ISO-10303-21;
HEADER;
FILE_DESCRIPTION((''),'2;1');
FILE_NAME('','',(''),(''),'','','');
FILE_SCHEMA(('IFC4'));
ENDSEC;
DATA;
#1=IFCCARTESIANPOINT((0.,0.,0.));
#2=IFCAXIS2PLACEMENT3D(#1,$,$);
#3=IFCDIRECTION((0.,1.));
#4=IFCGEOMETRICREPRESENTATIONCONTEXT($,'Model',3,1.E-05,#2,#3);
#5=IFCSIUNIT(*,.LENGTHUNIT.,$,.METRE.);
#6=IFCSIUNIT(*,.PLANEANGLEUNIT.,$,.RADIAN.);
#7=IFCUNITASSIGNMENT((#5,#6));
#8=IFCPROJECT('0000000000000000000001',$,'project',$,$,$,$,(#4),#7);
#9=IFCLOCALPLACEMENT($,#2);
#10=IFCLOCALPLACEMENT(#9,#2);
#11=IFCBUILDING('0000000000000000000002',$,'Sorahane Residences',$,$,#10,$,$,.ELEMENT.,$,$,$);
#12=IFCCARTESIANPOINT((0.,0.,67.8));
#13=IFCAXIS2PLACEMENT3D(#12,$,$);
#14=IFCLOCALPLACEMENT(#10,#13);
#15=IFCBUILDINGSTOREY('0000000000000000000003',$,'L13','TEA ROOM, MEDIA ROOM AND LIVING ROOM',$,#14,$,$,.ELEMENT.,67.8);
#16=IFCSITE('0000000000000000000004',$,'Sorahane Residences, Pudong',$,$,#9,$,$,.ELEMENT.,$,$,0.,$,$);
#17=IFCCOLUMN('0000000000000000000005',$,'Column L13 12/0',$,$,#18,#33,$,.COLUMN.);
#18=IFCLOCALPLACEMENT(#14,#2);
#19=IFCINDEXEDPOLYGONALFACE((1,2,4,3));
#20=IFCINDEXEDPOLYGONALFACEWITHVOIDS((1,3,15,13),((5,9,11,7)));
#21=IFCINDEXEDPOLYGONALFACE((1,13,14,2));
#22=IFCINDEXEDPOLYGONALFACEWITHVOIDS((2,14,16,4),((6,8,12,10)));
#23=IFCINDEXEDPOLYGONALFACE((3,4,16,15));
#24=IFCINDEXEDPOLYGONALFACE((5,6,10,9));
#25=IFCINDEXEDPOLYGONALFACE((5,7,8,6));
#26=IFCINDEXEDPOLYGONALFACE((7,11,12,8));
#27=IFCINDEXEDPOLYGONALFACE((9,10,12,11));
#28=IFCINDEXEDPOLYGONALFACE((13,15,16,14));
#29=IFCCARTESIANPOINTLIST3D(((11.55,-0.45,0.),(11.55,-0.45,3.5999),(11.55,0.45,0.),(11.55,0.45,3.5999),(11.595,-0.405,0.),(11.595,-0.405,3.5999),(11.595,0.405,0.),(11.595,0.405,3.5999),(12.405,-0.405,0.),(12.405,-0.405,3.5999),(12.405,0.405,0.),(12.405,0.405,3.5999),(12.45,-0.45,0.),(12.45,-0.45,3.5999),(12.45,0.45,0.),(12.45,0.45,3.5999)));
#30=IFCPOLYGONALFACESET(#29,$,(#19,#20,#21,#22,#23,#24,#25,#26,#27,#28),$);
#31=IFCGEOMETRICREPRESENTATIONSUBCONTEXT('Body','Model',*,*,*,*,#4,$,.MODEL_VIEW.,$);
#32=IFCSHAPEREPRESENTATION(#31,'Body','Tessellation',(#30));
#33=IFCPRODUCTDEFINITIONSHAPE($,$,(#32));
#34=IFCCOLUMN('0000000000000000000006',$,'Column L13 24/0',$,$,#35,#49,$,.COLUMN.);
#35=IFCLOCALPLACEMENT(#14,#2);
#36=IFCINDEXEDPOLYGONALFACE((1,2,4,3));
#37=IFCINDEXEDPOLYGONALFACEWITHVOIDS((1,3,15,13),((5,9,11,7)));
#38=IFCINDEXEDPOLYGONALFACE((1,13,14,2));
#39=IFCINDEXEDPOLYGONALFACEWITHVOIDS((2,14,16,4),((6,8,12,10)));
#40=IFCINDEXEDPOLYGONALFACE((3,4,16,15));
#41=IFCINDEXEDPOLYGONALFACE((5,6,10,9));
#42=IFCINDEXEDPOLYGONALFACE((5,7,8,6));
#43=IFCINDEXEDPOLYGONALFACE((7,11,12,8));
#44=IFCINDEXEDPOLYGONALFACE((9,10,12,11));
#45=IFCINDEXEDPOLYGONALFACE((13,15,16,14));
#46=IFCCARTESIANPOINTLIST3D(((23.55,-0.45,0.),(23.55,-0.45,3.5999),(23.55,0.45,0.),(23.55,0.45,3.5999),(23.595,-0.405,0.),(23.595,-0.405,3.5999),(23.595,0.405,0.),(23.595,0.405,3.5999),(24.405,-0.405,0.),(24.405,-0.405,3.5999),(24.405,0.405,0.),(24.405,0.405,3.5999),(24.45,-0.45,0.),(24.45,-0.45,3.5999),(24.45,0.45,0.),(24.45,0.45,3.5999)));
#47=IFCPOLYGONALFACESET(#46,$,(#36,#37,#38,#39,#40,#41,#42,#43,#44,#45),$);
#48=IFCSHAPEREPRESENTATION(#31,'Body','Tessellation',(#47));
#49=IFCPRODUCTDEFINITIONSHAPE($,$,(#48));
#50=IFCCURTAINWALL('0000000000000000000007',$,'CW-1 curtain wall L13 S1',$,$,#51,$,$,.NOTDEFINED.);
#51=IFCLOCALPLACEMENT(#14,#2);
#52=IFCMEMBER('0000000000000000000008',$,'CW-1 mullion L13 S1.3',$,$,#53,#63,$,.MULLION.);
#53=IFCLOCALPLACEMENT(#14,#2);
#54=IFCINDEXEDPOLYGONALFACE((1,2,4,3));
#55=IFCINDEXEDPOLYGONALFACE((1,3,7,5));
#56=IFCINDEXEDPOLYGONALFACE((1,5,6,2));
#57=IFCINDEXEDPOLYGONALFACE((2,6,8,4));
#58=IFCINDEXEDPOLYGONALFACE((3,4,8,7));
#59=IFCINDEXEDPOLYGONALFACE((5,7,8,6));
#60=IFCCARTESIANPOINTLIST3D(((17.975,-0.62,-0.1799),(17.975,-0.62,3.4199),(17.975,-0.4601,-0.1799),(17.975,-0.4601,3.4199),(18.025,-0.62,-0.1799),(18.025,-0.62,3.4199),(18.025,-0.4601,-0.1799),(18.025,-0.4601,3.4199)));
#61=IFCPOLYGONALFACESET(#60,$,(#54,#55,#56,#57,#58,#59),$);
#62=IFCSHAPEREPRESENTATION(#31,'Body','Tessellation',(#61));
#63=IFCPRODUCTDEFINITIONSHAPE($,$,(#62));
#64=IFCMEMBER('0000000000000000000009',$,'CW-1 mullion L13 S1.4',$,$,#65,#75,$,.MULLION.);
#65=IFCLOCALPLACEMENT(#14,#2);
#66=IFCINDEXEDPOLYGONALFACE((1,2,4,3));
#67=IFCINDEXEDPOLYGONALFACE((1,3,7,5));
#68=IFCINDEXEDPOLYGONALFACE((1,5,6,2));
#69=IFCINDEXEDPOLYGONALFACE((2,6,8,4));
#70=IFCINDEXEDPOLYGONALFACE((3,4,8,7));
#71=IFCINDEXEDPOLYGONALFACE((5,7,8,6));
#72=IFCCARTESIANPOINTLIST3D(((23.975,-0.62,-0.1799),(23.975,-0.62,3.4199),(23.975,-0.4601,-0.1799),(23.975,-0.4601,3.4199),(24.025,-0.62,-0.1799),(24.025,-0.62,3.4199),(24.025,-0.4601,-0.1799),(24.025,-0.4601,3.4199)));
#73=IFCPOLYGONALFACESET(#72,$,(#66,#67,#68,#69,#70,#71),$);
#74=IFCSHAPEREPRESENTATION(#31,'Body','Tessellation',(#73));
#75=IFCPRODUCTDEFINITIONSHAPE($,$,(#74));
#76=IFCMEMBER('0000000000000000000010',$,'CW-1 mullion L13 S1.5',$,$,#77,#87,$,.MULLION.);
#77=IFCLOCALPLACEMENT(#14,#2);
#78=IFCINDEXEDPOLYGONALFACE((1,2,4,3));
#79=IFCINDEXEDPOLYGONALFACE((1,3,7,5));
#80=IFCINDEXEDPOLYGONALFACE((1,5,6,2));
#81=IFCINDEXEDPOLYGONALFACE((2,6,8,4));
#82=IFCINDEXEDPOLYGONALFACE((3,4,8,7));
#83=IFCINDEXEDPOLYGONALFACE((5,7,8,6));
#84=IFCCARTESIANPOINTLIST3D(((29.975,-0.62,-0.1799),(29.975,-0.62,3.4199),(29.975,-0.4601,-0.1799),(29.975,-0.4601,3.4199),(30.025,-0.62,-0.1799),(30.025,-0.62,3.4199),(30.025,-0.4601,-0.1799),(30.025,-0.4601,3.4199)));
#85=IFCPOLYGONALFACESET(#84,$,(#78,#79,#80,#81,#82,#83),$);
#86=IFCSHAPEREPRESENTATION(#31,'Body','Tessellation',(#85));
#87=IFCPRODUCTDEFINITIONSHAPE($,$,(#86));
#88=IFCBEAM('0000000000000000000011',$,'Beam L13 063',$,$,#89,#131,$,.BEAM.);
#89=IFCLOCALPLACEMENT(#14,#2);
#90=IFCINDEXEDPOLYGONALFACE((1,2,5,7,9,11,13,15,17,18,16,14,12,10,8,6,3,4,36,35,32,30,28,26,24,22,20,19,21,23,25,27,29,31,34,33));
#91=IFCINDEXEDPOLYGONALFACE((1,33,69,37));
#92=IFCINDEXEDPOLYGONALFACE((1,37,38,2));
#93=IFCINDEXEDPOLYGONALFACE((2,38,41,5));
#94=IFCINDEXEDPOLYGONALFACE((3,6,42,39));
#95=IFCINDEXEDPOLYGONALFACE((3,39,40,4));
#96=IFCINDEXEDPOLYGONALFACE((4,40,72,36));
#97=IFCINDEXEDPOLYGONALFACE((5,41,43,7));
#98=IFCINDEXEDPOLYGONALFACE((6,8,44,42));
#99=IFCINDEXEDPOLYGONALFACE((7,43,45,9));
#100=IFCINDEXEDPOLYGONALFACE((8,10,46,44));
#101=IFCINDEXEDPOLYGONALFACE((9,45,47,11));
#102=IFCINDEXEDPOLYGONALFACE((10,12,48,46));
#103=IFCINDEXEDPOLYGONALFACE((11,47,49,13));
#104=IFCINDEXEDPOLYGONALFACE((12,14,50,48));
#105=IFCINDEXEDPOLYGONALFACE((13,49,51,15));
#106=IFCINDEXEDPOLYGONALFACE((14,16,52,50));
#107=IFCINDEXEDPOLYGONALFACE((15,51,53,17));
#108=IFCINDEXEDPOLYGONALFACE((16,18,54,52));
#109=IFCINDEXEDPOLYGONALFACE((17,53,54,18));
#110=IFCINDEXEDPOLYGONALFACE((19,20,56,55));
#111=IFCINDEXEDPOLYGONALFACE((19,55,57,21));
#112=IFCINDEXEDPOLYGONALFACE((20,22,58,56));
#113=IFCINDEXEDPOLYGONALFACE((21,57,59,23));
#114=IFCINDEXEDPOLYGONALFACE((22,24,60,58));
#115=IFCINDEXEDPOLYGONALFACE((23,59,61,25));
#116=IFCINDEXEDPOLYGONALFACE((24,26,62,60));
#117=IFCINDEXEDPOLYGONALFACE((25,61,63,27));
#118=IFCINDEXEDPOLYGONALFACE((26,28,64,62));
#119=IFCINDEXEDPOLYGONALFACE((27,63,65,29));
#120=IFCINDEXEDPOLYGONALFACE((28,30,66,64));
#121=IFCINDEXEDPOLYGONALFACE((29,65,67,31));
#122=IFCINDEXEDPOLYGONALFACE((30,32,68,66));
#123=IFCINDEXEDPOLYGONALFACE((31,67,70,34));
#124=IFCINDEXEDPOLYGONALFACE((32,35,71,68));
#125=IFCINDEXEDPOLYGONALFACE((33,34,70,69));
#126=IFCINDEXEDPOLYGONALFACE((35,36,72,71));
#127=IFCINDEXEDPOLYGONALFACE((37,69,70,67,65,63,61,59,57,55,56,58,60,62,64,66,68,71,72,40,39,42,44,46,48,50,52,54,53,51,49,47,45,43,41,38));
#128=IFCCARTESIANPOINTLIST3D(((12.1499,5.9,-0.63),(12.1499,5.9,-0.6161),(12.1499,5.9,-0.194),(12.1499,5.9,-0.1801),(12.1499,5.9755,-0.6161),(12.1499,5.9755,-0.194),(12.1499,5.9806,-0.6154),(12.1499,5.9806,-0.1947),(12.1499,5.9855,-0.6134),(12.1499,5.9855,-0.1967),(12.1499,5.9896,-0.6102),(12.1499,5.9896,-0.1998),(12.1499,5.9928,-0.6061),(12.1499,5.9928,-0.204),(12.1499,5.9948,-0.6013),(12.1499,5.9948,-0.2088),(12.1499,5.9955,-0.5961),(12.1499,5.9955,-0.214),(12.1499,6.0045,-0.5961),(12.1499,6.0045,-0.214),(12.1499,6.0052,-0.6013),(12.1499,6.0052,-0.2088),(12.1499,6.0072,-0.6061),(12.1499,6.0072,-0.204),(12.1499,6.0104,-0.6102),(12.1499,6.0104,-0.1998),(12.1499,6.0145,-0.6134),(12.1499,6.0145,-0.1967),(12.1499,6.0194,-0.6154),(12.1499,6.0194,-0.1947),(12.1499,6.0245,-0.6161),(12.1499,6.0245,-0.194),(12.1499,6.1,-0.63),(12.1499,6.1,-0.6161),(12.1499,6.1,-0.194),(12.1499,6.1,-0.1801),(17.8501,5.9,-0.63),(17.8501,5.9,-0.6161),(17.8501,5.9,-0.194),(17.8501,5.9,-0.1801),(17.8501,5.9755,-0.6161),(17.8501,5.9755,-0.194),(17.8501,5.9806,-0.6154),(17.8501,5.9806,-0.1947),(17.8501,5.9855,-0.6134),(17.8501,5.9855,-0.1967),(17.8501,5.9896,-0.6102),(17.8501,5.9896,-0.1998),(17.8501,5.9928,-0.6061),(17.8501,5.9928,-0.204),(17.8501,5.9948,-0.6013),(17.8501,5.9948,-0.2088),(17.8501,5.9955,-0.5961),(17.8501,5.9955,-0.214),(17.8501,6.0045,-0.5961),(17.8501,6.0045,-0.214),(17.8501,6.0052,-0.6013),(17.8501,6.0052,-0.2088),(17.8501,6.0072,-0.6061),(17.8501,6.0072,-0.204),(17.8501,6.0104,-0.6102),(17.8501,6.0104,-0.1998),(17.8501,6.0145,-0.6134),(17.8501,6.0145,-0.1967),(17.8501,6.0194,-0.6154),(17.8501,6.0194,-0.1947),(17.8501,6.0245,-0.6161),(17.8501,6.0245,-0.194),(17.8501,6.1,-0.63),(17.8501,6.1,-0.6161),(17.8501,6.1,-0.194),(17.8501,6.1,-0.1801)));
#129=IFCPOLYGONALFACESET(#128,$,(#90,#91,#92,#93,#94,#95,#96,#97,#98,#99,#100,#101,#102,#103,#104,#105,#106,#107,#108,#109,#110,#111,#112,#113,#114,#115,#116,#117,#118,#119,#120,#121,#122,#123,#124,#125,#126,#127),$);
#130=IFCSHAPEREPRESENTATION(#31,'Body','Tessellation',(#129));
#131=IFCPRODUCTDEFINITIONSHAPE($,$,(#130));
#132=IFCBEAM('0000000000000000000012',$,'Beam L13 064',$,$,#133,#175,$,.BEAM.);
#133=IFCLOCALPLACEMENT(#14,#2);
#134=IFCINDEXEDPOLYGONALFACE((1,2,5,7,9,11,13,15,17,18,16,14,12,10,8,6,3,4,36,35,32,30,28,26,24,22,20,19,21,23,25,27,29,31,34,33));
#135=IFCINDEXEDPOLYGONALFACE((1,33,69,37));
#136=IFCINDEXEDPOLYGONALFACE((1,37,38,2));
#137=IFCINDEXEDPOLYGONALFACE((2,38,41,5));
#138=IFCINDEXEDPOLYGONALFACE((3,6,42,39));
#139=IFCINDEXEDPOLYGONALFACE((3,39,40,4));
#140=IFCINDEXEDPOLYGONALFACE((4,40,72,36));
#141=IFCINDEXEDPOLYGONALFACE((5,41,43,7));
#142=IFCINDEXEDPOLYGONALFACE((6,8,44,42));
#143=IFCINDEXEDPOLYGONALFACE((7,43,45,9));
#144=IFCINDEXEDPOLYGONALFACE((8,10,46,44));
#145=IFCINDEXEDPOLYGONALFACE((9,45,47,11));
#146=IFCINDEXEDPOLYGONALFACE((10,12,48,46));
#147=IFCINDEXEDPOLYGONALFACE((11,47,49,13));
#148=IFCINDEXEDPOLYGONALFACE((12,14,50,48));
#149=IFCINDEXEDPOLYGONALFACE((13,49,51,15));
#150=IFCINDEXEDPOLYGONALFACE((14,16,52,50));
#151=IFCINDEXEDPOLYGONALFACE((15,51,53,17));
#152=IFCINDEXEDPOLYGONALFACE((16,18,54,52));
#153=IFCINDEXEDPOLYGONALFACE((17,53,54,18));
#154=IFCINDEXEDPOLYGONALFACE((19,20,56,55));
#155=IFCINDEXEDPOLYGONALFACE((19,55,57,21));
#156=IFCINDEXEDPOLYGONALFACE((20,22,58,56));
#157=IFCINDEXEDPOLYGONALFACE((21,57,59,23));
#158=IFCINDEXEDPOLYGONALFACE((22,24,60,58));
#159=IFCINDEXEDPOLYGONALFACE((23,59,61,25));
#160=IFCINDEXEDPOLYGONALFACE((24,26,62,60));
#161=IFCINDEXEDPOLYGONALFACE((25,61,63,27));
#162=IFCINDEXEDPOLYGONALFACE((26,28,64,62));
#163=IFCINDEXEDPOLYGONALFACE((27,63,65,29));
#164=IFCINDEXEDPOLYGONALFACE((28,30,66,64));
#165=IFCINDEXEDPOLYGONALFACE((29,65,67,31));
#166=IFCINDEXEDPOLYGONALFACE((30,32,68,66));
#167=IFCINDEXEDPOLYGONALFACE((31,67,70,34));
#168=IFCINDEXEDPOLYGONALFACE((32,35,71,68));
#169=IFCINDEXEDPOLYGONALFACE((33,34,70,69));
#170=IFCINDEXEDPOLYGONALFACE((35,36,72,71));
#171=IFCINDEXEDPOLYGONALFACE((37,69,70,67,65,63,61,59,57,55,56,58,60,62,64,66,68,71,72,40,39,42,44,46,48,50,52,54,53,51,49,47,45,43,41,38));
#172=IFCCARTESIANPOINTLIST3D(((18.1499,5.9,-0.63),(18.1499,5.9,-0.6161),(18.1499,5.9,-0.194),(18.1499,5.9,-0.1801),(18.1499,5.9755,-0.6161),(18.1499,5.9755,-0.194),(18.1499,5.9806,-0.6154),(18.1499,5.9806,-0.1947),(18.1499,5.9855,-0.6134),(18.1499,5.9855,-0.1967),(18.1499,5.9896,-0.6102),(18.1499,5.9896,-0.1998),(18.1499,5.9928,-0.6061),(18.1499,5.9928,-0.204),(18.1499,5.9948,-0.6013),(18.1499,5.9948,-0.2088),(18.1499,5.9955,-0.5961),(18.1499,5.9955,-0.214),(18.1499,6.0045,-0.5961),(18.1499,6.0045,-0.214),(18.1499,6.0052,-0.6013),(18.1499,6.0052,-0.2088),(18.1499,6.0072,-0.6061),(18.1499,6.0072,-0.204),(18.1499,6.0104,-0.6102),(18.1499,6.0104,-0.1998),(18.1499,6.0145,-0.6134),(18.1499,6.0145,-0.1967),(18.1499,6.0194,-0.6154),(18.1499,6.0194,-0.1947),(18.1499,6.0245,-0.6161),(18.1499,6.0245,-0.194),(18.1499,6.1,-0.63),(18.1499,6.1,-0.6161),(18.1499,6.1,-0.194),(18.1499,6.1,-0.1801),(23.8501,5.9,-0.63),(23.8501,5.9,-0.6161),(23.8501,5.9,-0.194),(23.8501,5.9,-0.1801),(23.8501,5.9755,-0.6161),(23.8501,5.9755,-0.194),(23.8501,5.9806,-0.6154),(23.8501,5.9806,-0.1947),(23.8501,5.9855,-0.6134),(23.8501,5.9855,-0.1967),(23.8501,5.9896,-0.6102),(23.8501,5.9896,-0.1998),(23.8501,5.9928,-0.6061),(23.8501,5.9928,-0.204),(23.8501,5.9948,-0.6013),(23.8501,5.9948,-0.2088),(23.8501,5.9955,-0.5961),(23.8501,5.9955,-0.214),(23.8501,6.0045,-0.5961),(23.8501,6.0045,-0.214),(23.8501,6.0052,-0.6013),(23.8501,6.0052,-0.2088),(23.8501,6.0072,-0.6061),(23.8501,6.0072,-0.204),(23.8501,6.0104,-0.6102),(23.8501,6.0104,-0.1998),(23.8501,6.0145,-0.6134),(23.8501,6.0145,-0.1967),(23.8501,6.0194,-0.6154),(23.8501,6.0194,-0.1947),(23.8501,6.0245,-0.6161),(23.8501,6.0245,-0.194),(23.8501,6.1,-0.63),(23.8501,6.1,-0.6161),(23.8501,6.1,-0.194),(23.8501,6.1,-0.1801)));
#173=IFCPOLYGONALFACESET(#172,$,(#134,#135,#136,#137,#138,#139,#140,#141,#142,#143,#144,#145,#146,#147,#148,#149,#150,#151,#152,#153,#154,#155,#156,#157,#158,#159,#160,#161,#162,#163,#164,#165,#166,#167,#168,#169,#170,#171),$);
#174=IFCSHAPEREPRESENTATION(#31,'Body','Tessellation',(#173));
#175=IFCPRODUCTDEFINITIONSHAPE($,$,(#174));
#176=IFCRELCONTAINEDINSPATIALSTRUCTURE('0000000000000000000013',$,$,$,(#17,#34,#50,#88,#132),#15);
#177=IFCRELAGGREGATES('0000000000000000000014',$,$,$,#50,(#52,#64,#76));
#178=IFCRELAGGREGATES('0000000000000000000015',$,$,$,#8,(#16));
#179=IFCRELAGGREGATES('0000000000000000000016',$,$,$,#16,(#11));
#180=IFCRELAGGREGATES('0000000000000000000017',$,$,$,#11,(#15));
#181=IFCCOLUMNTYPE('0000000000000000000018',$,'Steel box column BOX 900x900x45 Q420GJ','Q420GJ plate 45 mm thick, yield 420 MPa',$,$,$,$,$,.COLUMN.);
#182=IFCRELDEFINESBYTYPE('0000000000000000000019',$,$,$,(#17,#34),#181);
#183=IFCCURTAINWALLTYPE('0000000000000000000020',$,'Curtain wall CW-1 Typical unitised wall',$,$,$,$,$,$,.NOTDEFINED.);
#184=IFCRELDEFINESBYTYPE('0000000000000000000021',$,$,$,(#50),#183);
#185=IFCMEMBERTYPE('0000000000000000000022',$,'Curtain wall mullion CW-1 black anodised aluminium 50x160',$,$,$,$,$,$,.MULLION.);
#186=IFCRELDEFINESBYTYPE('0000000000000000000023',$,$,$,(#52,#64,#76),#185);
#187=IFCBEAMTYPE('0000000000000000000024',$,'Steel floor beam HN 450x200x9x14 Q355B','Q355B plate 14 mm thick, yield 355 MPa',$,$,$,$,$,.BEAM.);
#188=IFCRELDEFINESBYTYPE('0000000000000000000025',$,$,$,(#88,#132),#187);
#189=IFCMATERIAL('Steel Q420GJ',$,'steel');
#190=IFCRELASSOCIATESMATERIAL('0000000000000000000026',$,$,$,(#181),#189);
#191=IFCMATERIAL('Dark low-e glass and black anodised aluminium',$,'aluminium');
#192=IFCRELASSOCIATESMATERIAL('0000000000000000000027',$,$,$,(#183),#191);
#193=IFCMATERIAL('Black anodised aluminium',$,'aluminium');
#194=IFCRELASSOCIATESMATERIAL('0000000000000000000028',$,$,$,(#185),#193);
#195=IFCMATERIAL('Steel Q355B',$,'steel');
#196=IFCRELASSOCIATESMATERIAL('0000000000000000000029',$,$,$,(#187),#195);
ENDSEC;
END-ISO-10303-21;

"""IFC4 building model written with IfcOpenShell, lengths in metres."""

from ifc_helpers import new_model, si_unit, direction, frame, origin, origin_2d, place, context, subcontext, project, spatial, rectangle, hollow_rectangle, i_section, extrude, material, material_profile, profile_set, type_object, element, aggregate, save


model = new_model("IFC4")

# Units and contexts
model_context = context("Model", 3, precision=1e-05, world=origin(), true_north=direction((0.0, 1.0)))
body_context = subcontext(model_context, "Body", "Model", "MODEL_VIEW")
ifc_project = project(units=[si_unit("LENGTHUNIT", "METRE"), si_unit("PLANEANGLEUNIT", "RADIAN")], contexts=[model_context])

# Site, building, storey
site_placement = place(None, origin())
site = spatial("IfcSite", under=ifc_project, at=site_placement, Name="Sorahane Residences, Pudong", CompositionType="ELEMENT", RefElevation=0.0)
building_placement = place(site_placement, origin())
building = spatial("IfcBuilding", under=site, at=building_placement, Name="Sorahane Residences", CompositionType="ELEMENT")
storey_placement = place(building_placement, frame((0.0, 0.0, 67.8)))
storey = spatial("IfcBuildingStorey", under=building, at=storey_placement, Name="L13", Description="TEA ROOM, MEDIA ROOM AND LIVING ROOM", CompositionType="ELEMENT", Elevation=67.8)

# Columns
ifc_material_1 = material(Name="Steel Q420GJ", Category="steel")
ifc_material_profile_1 = material_profile(ifc_material_1, hollow_rectangle(XDim=0.8999, YDim=0.8999, WallThickness=0.0449, at=origin_2d()), Name="BOX 900x900x45")
ifc_profile_set_1 = profile_set([ifc_material_profile_1], Name="Steel Q420GJ")
column_type = type_object("IfcColumnType", Name="Steel box column BOX 900x900x45 Q420GJ", Description="Q420GJ plate 45 mm thick, yield 420 MPa", PredefinedType="COLUMN", material=ifc_profile_set_1)
for number, where, z_axis, x_axis, name in (
    (1, (12.0, 0.0, 0.0), (0.0, 0.0, 1.0), (1.0, 0.0, 0.0), "Column L13 12/0"),
    (2, (24.0, 0.0, 0.0), (0.0, 0.0, 1.0), (1.0, 0.0, 0.0), "Column L13 24/0"),
):
    element("IfcColumn", number, at=place(storey_placement, frame(where, z_axis=z_axis, x_axis=x_axis)), inside=storey, type_object=column_type, Name=name, PredefinedType="COLUMN", context=body_context, shape_type="SweptSolid", body=[
        extrude(hollow_rectangle(XDim=0.8999, YDim=0.8999, WallThickness=0.0449, at=origin_2d()), origin(), (0.0, 0.0, 1.0), 3.5999),
    ])

# Curtain wall, members
ifc_material_2 = material(Name="Dark low-e glass and black anodised aluminium", Category="aluminium")
curtain_wall_type = type_object("IfcCurtainWallType", Name="Curtain wall CW-1 Typical unitised wall", PredefinedType="NOTDEFINED", material=ifc_material_2)
curtain_wall_placement = place(storey_placement, origin())
curtain_wall = element("IfcCurtainWall", 3, at=curtain_wall_placement, inside=storey, type_object=curtain_wall_type, Name="CW-1 curtain wall L13 S1", PredefinedType="NOTDEFINED")
ifc_material_3 = material(Name="Black anodised aluminium", Category="aluminium")
ifc_material_profile_2 = material_profile(ifc_material_3, rectangle(XDim=0.1599, YDim=0.05, at=origin_2d()), Name="Curtain wall mullion CW-1 black anodised aluminium 50x160")
ifc_profile_set_2 = profile_set([ifc_material_profile_2], Name="Black anodised aluminium")
member_type = type_object("IfcMemberType", Name="Curtain wall mullion CW-1 black anodised aluminium 50x160", PredefinedType="MULLION", material=ifc_profile_set_2)
member_1_placement = place(storey_placement, frame((18.0, -0.54, -0.1799), z_axis=(0.0, 0.0, 1.0), x_axis=(0.0, -1.0, 0.0)))
member_1 = element("IfcMember", 4, at=member_1_placement, type_object=member_type, Name="CW-1 mullion L13 S1.3", PredefinedType="MULLION", context=body_context, shape_type="SweptSolid", body=[
    extrude(rectangle(XDim=0.1599, YDim=0.05, at=origin_2d()), origin(), (0.0, 0.0, 1.0), 3.5999),
])
member_2_placement = place(storey_placement, frame((24.0, -0.54, -0.1799), z_axis=(0.0, 0.0, 1.0), x_axis=(0.0, -1.0, 0.0)))
member_2 = element("IfcMember", 5, at=member_2_placement, type_object=member_type, Name="CW-1 mullion L13 S1.4", PredefinedType="MULLION", context=body_context, shape_type="SweptSolid", body=[
    extrude(rectangle(XDim=0.1599, YDim=0.05, at=origin_2d()), origin(), (0.0, 0.0, 1.0), 3.5999),
])
member_3_placement = place(storey_placement, frame((30.0, -0.54, -0.1799), z_axis=(0.0, 0.0, 1.0), x_axis=(0.0, -1.0, 0.0)))
member_3 = element("IfcMember", 6, at=member_3_placement, type_object=member_type, Name="CW-1 mullion L13 S1.5", PredefinedType="MULLION", context=body_context, shape_type="SweptSolid", body=[
    extrude(rectangle(XDim=0.1599, YDim=0.05, at=origin_2d()), origin(), (0.0, 0.0, 1.0), 3.5999),
])

# Beams
ifc_material_4 = material(Name="Steel Q355B", Category="steel")
ifc_material_profile_3 = material_profile(ifc_material_4, i_section(OverallWidth=0.2, OverallDepth=0.45, WebThickness=0.009, FlangeThickness=0.0139, FilletRadius=0.02, at=origin_2d()), Name="HN 450x200x9x14")
ifc_profile_set_3 = profile_set([ifc_material_profile_3], Name="Steel Q355B")
beam_type_1 = type_object("IfcBeamType", Name="Steel floor beam HN 450x200x9x14 Q355B", Description="Q355B plate 14 mm thick, yield 355 MPa", PredefinedType="BEAM", material=ifc_profile_set_3)
for number, where, z_axis, x_axis, name in (
    (7, (12.1499, 6.0, -0.405), (1.0, 0.0, 0.0), (0.0, 1.0, 0.0), "Beam L13 063"),
    (8, (18.1499, 6.0, -0.405), (1.0, 0.0, 0.0), (0.0, 1.0, 0.0), "Beam L13 064"),
):
    element("IfcBeam", number, at=place(storey_placement, frame(where, z_axis=z_axis, x_axis=x_axis)), inside=storey, type_object=beam_type_1, Name=name, PredefinedType="BEAM", context=body_context, shape_type="SweptSolid", body=[
        extrude(i_section(OverallWidth=0.2, OverallDepth=0.45, WebThickness=0.009, FlangeThickness=0.0139, FilletRadius=0.02, at=origin_2d()), origin(), (0.0, 0.0, 1.0), 5.7002),
    ])

aggregate(curtain_wall, [member_1, member_2, member_3])

save(model, "model.ifc")
